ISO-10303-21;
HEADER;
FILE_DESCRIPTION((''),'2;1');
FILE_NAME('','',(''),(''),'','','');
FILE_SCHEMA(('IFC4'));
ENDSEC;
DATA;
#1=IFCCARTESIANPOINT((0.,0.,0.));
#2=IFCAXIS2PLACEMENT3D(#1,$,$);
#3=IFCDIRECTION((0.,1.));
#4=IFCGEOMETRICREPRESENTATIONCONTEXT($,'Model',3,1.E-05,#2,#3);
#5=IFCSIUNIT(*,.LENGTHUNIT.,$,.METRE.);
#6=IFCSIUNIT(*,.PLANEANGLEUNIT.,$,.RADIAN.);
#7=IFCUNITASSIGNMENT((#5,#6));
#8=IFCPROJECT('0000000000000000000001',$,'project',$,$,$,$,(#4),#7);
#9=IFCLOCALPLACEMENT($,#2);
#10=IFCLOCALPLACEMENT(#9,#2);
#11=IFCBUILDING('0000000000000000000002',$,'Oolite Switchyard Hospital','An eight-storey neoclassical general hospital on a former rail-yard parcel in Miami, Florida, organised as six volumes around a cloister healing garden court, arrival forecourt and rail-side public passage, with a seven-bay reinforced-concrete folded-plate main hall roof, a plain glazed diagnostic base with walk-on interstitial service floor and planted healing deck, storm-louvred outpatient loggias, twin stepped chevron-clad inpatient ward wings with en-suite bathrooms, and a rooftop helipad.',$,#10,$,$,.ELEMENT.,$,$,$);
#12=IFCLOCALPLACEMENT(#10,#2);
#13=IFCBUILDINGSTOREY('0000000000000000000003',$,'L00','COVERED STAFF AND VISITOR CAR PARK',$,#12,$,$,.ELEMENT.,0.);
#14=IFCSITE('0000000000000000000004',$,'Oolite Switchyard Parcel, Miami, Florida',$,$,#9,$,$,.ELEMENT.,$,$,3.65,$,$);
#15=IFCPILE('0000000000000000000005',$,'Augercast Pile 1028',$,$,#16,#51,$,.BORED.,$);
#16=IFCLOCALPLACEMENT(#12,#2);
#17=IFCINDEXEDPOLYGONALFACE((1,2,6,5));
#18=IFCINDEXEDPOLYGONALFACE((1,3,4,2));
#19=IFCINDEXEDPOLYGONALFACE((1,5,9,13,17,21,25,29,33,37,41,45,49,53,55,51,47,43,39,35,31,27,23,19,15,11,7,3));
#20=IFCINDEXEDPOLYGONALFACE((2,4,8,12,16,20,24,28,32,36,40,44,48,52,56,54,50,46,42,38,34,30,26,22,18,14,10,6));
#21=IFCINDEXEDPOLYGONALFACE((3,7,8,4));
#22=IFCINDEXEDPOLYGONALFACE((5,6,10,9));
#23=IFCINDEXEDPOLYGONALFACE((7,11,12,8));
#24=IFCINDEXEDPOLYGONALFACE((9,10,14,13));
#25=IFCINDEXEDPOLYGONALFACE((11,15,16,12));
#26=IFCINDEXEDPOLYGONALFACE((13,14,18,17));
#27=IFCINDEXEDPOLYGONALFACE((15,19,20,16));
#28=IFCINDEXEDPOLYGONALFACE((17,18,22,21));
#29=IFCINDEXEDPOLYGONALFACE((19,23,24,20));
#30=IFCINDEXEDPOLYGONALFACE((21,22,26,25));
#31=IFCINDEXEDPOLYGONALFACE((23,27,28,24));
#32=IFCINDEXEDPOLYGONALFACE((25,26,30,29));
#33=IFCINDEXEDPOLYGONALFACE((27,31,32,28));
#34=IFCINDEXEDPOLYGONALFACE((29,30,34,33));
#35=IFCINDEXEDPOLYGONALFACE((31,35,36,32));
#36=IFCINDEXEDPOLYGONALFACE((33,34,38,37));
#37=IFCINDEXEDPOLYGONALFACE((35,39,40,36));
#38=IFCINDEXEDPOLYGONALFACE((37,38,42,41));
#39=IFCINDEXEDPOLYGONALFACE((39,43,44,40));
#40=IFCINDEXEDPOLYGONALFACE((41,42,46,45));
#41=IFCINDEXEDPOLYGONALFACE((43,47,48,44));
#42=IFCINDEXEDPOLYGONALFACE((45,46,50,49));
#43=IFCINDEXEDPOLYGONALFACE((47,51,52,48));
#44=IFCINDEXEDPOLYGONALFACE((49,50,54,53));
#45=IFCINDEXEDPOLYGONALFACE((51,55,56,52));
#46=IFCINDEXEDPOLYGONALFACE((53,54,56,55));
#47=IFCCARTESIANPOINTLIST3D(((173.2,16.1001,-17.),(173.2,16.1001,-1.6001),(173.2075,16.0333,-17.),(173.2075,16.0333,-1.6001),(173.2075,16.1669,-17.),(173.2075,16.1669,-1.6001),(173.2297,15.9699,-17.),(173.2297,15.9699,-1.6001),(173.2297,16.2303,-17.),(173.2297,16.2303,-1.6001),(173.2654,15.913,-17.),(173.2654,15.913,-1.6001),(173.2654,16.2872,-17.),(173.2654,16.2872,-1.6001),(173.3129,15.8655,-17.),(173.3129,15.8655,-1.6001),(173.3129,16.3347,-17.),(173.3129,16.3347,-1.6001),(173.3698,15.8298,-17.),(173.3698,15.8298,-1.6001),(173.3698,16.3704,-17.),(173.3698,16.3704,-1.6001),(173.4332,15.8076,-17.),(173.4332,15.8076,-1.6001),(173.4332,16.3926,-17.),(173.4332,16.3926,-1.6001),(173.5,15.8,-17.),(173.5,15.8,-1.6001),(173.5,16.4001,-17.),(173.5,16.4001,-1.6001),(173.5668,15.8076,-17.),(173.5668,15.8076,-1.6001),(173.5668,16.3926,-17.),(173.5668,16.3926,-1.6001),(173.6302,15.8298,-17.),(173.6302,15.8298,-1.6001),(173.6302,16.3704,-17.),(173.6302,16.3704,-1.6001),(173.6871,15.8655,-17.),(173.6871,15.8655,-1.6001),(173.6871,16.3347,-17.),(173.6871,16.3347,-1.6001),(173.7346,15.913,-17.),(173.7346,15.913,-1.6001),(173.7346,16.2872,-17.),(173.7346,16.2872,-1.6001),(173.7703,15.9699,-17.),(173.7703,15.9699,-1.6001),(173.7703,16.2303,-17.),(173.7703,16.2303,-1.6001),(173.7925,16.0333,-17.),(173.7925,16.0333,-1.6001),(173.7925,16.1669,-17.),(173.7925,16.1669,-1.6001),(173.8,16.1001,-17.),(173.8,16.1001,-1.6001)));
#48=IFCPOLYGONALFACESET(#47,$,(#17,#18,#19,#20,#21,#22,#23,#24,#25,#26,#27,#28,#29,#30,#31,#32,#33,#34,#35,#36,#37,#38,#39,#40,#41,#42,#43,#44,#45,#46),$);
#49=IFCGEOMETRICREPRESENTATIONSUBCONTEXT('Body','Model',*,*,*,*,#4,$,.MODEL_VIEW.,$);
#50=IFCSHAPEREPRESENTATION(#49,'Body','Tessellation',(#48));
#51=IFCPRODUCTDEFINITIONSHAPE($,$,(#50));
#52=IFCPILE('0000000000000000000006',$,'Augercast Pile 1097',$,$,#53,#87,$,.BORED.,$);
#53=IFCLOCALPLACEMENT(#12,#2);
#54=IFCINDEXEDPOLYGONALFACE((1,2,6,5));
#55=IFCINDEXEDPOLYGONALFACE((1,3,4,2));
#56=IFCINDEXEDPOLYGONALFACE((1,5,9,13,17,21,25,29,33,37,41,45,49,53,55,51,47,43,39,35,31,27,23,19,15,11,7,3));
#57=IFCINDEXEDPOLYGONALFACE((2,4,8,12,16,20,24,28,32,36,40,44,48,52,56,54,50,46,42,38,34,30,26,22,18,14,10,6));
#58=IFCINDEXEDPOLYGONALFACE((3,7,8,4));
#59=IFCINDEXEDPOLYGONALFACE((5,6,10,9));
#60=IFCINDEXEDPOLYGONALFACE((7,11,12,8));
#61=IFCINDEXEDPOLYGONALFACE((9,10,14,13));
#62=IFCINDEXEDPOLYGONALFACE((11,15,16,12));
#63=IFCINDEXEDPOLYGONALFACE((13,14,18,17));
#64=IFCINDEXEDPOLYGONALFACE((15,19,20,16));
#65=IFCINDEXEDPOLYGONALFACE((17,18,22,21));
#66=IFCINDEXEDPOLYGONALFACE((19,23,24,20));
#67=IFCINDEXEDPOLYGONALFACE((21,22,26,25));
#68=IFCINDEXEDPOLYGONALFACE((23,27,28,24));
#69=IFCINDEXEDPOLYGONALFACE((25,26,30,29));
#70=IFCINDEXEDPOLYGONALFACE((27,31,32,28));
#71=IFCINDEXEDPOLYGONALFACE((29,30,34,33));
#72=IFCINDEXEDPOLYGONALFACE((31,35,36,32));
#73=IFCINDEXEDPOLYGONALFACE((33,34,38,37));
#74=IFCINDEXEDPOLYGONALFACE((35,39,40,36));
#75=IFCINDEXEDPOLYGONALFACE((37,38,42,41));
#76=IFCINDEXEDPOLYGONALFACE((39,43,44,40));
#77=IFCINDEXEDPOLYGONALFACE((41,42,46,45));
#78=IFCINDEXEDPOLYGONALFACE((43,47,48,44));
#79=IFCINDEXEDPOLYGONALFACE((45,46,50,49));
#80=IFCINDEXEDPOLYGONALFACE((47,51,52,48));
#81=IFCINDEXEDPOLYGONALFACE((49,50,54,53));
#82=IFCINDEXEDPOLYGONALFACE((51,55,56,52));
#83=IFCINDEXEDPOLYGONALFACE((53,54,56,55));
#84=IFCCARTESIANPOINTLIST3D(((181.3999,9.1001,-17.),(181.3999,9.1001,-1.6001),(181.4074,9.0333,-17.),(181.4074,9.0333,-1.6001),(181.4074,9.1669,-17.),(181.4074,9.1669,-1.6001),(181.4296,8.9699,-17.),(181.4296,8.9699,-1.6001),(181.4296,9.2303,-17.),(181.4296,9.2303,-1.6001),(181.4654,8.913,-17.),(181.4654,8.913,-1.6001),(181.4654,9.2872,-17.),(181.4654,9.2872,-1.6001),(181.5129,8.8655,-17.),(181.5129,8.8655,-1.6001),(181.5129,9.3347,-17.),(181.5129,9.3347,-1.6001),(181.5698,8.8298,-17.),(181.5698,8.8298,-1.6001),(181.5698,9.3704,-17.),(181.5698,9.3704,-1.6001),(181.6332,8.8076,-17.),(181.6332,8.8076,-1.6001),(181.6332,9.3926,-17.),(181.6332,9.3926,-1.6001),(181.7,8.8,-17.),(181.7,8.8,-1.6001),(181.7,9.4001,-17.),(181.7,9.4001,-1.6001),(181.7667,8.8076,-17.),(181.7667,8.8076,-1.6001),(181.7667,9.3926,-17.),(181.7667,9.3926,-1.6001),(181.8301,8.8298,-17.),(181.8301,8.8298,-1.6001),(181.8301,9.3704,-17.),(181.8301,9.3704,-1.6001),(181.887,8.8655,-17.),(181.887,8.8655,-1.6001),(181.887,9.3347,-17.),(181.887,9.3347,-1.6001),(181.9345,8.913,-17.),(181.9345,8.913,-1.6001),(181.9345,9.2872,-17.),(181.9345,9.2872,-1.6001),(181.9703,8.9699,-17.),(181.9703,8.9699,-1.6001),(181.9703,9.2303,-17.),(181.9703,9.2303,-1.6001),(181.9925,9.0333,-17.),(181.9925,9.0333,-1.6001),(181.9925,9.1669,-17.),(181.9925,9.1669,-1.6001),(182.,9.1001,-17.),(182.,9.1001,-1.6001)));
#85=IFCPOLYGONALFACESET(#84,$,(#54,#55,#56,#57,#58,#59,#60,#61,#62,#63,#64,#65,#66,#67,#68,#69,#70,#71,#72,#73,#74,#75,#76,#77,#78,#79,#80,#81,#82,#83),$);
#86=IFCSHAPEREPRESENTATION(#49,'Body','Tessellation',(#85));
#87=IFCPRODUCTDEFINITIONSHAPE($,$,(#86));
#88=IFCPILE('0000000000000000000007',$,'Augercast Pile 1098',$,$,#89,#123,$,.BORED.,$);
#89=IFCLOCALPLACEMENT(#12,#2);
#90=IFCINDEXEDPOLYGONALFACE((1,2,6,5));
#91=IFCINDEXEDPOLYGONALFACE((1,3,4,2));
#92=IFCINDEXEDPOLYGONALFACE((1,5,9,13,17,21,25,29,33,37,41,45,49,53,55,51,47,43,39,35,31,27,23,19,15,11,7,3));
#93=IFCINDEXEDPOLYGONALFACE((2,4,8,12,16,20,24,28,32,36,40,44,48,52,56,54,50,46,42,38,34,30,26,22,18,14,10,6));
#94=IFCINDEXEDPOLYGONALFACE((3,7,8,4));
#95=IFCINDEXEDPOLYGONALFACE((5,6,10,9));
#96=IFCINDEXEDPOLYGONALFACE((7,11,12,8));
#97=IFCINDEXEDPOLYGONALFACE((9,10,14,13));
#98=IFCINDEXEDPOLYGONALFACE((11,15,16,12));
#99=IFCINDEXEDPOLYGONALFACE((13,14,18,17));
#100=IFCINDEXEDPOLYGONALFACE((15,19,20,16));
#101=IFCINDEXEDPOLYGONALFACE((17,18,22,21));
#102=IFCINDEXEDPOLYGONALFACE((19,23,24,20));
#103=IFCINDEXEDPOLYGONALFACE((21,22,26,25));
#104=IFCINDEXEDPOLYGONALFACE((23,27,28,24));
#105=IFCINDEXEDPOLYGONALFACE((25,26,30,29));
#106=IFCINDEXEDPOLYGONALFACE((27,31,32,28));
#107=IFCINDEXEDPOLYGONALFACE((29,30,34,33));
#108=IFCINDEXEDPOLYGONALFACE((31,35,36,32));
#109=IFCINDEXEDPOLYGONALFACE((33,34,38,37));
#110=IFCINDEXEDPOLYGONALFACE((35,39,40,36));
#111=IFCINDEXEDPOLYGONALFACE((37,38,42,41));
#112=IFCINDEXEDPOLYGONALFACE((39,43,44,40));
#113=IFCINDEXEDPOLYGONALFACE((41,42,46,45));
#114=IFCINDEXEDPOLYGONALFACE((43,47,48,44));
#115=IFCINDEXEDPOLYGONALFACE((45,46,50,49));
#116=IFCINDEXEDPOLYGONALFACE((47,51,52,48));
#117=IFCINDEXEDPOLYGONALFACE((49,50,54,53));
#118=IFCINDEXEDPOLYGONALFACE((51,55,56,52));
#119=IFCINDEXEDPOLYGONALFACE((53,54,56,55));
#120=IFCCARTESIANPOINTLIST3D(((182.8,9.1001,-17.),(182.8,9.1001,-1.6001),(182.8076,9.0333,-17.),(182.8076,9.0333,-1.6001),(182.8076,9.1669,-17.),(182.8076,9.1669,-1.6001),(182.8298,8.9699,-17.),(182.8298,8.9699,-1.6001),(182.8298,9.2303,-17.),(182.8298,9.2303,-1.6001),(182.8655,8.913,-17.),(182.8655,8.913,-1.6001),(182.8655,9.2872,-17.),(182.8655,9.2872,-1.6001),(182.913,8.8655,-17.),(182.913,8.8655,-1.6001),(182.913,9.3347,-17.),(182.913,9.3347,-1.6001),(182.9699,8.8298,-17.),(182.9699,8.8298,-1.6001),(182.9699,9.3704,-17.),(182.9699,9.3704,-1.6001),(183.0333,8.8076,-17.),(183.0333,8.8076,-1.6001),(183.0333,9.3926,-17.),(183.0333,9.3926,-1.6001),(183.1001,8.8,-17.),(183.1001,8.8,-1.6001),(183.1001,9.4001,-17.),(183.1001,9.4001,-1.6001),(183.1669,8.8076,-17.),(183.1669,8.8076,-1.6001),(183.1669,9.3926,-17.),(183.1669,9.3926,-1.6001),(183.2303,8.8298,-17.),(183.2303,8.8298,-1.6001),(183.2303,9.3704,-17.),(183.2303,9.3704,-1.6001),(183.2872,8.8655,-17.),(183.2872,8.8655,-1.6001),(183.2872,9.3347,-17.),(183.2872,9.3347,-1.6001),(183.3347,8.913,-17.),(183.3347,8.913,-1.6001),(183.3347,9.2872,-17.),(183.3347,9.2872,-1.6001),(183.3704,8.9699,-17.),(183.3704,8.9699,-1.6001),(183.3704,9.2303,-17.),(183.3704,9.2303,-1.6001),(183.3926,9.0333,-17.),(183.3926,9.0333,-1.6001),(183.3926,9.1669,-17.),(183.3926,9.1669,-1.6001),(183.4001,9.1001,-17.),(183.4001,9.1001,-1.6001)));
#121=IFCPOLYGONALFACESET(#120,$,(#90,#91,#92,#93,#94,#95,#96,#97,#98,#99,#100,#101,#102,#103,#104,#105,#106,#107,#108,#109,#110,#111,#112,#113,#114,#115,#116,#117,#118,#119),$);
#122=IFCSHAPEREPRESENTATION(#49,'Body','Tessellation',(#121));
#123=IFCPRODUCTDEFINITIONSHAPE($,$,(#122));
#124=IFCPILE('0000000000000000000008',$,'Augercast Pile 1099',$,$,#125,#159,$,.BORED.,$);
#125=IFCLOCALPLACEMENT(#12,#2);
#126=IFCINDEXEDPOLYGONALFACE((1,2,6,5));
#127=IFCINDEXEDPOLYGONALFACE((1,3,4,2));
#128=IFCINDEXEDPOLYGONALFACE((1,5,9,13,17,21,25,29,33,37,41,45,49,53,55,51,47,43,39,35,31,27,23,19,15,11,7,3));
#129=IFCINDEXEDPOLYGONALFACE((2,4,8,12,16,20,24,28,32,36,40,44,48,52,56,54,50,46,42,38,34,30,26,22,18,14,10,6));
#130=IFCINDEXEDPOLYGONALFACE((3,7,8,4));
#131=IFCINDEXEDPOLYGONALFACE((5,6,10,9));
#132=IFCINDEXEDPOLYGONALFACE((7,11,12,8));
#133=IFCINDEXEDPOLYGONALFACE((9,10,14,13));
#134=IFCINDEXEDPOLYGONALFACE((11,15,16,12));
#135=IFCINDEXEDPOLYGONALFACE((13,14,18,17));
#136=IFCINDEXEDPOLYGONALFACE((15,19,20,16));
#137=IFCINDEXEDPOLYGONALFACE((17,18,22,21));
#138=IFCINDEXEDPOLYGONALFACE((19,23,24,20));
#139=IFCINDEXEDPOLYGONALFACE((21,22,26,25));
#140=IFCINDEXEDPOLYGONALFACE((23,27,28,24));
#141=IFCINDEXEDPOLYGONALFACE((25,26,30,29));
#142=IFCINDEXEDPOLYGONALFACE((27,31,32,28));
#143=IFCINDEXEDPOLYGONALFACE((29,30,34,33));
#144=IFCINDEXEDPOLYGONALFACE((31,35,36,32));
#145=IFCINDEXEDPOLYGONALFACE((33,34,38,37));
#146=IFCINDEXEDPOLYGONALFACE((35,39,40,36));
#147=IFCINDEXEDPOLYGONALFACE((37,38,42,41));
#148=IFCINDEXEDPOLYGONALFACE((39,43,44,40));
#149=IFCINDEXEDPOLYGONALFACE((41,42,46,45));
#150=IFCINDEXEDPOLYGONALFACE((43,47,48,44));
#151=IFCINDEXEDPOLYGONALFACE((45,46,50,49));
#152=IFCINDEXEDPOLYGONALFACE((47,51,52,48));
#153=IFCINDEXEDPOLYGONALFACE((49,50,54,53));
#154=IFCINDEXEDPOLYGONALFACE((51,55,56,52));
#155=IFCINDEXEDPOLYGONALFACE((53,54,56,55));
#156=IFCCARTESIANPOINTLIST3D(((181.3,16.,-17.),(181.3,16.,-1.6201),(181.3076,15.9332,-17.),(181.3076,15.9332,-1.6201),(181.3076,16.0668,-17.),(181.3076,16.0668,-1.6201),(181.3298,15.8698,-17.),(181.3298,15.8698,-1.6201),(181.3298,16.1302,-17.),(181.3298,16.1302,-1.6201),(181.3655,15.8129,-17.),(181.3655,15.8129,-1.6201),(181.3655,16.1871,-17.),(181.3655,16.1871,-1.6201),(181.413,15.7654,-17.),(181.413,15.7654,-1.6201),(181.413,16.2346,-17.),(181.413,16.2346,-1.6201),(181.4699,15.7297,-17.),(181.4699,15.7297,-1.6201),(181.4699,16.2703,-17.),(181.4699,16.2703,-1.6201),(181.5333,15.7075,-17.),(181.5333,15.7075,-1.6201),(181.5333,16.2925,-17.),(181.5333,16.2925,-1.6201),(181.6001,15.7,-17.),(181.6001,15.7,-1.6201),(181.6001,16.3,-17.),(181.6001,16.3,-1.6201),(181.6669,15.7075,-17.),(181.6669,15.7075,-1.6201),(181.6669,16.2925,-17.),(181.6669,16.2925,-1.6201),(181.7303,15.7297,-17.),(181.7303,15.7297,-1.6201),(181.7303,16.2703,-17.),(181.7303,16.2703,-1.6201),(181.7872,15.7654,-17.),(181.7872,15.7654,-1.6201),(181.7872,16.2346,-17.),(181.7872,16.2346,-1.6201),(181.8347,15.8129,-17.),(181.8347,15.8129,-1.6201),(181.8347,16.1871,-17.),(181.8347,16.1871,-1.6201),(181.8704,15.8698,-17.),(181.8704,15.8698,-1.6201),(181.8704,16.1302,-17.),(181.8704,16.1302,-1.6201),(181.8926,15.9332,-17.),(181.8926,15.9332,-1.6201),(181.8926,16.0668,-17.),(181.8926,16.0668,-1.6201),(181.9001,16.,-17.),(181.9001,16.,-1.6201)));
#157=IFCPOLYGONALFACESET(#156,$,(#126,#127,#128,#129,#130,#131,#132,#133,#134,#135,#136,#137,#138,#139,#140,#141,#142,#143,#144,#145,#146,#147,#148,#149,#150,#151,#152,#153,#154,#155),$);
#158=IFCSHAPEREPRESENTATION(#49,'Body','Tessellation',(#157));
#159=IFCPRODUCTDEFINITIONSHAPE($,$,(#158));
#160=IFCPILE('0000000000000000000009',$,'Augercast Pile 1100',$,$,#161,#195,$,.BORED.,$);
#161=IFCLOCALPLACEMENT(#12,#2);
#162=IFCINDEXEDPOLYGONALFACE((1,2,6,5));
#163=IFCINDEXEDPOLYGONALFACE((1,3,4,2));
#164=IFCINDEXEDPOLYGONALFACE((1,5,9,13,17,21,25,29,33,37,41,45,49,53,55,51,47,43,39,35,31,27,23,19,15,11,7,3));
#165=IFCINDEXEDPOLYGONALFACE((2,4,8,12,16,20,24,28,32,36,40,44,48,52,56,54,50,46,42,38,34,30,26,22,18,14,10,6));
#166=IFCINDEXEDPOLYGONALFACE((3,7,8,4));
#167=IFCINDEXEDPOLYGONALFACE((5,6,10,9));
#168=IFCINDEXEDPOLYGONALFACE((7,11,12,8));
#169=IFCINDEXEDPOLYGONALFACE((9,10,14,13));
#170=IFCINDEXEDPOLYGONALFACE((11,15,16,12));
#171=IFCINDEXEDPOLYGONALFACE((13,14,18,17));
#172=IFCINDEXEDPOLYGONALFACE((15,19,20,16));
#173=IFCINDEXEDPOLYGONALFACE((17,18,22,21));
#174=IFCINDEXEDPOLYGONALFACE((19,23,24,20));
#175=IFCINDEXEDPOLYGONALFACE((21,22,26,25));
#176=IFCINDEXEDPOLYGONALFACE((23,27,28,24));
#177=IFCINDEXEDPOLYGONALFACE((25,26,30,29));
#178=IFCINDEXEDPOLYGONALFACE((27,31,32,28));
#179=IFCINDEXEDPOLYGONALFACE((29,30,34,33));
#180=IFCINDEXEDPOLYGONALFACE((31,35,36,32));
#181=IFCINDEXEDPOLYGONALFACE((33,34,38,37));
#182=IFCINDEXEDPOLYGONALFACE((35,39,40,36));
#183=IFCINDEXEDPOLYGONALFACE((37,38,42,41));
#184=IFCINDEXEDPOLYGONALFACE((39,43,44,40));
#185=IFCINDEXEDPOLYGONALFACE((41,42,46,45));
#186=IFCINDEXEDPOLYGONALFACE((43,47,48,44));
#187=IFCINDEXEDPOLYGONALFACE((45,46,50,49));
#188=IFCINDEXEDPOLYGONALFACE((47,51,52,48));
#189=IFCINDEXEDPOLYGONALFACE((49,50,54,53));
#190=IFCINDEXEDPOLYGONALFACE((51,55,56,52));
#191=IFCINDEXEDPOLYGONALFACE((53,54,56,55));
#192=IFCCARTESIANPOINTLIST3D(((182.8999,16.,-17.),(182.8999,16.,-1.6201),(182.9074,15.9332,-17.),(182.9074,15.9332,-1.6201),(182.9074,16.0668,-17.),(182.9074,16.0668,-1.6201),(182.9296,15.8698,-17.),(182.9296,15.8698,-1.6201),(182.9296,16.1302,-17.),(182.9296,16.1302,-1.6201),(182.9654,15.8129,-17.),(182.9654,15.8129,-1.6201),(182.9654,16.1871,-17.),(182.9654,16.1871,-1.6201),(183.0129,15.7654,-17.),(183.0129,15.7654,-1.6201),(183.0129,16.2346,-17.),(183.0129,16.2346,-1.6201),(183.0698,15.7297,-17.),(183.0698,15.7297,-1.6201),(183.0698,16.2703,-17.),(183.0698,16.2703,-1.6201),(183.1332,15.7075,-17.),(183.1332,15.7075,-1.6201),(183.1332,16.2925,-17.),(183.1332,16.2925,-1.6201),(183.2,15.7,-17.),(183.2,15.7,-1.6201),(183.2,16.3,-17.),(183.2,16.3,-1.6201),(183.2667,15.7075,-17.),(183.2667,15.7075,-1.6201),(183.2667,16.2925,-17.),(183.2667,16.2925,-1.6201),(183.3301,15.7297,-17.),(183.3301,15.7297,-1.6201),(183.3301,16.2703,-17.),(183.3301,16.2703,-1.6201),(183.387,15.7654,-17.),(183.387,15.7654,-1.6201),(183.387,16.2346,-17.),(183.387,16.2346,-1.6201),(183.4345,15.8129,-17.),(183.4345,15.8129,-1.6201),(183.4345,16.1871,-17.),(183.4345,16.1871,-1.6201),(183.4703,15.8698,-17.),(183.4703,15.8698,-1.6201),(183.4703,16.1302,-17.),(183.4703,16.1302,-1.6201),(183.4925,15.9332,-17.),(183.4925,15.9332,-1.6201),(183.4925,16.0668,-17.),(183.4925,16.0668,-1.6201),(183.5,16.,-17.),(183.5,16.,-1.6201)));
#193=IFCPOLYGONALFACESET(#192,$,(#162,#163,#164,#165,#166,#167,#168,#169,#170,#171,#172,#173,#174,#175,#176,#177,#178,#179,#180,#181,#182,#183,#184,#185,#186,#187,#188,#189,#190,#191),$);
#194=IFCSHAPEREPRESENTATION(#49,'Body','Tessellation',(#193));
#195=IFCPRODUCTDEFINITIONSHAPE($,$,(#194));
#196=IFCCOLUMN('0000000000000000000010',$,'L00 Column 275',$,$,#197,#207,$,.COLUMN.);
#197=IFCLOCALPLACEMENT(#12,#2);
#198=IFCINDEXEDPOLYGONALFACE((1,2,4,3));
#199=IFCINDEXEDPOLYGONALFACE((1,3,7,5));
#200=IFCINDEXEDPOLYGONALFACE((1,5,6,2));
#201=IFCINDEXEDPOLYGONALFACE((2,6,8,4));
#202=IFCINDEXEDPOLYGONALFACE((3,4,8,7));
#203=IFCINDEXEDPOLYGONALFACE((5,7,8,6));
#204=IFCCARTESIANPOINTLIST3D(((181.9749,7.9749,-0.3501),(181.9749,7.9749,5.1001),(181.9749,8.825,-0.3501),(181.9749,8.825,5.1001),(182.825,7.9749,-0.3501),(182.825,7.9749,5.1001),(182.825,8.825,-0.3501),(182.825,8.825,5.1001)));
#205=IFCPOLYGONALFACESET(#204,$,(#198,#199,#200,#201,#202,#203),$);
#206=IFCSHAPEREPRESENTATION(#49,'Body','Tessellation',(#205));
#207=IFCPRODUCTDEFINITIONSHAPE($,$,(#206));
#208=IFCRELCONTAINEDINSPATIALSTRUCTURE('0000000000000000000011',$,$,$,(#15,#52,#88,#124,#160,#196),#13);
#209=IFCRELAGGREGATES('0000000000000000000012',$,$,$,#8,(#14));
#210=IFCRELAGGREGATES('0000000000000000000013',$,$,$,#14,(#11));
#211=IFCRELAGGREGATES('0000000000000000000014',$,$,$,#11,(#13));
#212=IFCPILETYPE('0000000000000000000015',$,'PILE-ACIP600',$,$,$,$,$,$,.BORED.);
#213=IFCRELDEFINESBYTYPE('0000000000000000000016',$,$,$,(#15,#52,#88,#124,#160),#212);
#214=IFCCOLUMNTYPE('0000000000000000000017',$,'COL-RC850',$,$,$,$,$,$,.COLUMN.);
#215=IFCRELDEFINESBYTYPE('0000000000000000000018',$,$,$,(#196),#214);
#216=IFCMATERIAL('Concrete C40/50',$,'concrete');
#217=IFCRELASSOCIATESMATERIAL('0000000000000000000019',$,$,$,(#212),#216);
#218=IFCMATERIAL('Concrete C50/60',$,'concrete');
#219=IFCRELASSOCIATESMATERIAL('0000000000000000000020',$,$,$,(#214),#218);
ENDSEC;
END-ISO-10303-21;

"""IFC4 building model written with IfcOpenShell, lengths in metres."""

from ifc_helpers import new_model, si_unit, direction, frame, origin, origin_2d, place, context, subcontext, project, spatial, rectangle, circle, extrude, material, material_profile, profile_set, type_object, element, save


model = new_model("IFC4")

# Units and contexts
model_context = context("Model", 3, precision=1e-05, world=origin(), true_north=direction((0.0, 1.0)))
body_context = subcontext(model_context, "Body", "Model", "MODEL_VIEW")
ifc_project = project(units=[si_unit("LENGTHUNIT", "METRE"), si_unit("PLANEANGLEUNIT", "RADIAN")], contexts=[model_context])

# Site, building, storey
site_placement = place(None, origin())
site = spatial("IfcSite", under=ifc_project, at=site_placement, Name="Oolite Switchyard Parcel, Miami, Florida", CompositionType="ELEMENT", RefElevation=3.65)
building_placement = place(site_placement, origin())
building = spatial("IfcBuilding", under=site, at=building_placement, Name="Oolite Switchyard Hospital", Description="An eight-storey neoclassical general hospital on a former rail-yard parcel in Miami, Florida, organised as six volumes around a cloister healing garden court, arrival forecourt and rail-side public passage, with a seven-bay reinforced-concrete folded-plate main hall roof, a plain glazed diagnostic base with walk-on interstitial service floor and planted healing deck, storm-louvred outpatient loggias, twin stepped chevron-clad inpatient ward wings with en-suite bathrooms, and a rooftop helipad.", CompositionType="ELEMENT")
storey_placement = place(building_placement, origin())
storey = spatial("IfcBuildingStorey", under=building, at=storey_placement, Name="L00", Description="COVERED STAFF AND VISITOR CAR PARK", CompositionType="ELEMENT", Elevation=0.0)

# Shared definitions
ifc_material_1 = material(Name="Concrete C40/50", Category="concrete")

# Piles
ifc_material_profile_1 = material_profile(ifc_material_1, circle(Radius=0.3, at=origin_2d()), Name="PILE600")
ifc_profile_set_1 = profile_set([ifc_material_profile_1], Name="Concrete C40/50")
pile_type = type_object("IfcPileType", Name="PILE-ACIP600", PredefinedType="BORED", material=ifc_profile_set_1)
for number, where, z_axis, x_axis, name in (
    (1, (173.5, 16.1001, -1.6001), (0.0, 0.0, -1.0), (1.0, 0.0, 0.0), "Augercast Pile 1028"),
    (2, (181.7, 9.1001, -1.6001), (0.0, 0.0, -1.0), (1.0, 0.0, 0.0), "Augercast Pile 1097"),
    (3, (183.1001, 9.1001, -1.6001), (0.0, 0.0, -1.0), (1.0, 0.0, 0.0), "Augercast Pile 1098"),
):
    element("IfcPile", number, at=place(storey_placement, frame(where, z_axis=z_axis, x_axis=x_axis)), inside=storey, type_object=pile_type, Name=name, PredefinedType="BORED", context=body_context, shape_type="SweptSolid", body=[
        extrude(circle(Radius=0.3, at=origin_2d()), origin(), (0.0, 0.0, 1.0), 15.3999),
    ])
for number, where, z_axis, x_axis, name in (
    (4, (181.6001, 16.0, -1.6201), (0.0, 0.0, -1.0), (1.0, 0.0, 0.0), "Augercast Pile 1099"),
    (5, (183.2, 16.0, -1.6201), (0.0, 0.0, -1.0), (1.0, 0.0, 0.0), "Augercast Pile 1100"),
):
    element("IfcPile", number, at=place(storey_placement, frame(where, z_axis=z_axis, x_axis=x_axis)), inside=storey, type_object=pile_type, Name=name, PredefinedType="BORED", context=body_context, shape_type="SweptSolid", body=[
        extrude(circle(Radius=0.3, at=origin_2d()), origin(), (0.0, 0.0, 1.0), 15.3799),
    ])

# Column
ifc_material_2 = material(Name="Concrete C50/60", Category="concrete")
ifc_material_profile_2 = material_profile(ifc_material_2, rectangle(XDim=0.8501, YDim=0.8501, at=origin_2d()), Name="RC850X850")
ifc_profile_set_2 = profile_set([ifc_material_profile_2], Name="Concrete C50/60")
column_type = type_object("IfcColumnType", Name="COL-RC850", PredefinedType="COLUMN", material=ifc_profile_set_2)
column_placement = place(storey_placement, frame((182.3999, 8.3999, -0.3501), z_axis=(0.0, 0.0, 1.0), x_axis=(1.0, 0.0, 0.0)))
element("IfcColumn", 6, at=column_placement, inside=storey, type_object=column_type, Name="L00 Column 275", PredefinedType="COLUMN", context=body_context, shape_type="SweptSolid", body=[
    extrude(rectangle(XDim=0.8501, YDim=0.8501, at=origin_2d()), origin(), (0.0, 0.0, 1.0), 5.4502),
])

save(model, "model.ifc")
